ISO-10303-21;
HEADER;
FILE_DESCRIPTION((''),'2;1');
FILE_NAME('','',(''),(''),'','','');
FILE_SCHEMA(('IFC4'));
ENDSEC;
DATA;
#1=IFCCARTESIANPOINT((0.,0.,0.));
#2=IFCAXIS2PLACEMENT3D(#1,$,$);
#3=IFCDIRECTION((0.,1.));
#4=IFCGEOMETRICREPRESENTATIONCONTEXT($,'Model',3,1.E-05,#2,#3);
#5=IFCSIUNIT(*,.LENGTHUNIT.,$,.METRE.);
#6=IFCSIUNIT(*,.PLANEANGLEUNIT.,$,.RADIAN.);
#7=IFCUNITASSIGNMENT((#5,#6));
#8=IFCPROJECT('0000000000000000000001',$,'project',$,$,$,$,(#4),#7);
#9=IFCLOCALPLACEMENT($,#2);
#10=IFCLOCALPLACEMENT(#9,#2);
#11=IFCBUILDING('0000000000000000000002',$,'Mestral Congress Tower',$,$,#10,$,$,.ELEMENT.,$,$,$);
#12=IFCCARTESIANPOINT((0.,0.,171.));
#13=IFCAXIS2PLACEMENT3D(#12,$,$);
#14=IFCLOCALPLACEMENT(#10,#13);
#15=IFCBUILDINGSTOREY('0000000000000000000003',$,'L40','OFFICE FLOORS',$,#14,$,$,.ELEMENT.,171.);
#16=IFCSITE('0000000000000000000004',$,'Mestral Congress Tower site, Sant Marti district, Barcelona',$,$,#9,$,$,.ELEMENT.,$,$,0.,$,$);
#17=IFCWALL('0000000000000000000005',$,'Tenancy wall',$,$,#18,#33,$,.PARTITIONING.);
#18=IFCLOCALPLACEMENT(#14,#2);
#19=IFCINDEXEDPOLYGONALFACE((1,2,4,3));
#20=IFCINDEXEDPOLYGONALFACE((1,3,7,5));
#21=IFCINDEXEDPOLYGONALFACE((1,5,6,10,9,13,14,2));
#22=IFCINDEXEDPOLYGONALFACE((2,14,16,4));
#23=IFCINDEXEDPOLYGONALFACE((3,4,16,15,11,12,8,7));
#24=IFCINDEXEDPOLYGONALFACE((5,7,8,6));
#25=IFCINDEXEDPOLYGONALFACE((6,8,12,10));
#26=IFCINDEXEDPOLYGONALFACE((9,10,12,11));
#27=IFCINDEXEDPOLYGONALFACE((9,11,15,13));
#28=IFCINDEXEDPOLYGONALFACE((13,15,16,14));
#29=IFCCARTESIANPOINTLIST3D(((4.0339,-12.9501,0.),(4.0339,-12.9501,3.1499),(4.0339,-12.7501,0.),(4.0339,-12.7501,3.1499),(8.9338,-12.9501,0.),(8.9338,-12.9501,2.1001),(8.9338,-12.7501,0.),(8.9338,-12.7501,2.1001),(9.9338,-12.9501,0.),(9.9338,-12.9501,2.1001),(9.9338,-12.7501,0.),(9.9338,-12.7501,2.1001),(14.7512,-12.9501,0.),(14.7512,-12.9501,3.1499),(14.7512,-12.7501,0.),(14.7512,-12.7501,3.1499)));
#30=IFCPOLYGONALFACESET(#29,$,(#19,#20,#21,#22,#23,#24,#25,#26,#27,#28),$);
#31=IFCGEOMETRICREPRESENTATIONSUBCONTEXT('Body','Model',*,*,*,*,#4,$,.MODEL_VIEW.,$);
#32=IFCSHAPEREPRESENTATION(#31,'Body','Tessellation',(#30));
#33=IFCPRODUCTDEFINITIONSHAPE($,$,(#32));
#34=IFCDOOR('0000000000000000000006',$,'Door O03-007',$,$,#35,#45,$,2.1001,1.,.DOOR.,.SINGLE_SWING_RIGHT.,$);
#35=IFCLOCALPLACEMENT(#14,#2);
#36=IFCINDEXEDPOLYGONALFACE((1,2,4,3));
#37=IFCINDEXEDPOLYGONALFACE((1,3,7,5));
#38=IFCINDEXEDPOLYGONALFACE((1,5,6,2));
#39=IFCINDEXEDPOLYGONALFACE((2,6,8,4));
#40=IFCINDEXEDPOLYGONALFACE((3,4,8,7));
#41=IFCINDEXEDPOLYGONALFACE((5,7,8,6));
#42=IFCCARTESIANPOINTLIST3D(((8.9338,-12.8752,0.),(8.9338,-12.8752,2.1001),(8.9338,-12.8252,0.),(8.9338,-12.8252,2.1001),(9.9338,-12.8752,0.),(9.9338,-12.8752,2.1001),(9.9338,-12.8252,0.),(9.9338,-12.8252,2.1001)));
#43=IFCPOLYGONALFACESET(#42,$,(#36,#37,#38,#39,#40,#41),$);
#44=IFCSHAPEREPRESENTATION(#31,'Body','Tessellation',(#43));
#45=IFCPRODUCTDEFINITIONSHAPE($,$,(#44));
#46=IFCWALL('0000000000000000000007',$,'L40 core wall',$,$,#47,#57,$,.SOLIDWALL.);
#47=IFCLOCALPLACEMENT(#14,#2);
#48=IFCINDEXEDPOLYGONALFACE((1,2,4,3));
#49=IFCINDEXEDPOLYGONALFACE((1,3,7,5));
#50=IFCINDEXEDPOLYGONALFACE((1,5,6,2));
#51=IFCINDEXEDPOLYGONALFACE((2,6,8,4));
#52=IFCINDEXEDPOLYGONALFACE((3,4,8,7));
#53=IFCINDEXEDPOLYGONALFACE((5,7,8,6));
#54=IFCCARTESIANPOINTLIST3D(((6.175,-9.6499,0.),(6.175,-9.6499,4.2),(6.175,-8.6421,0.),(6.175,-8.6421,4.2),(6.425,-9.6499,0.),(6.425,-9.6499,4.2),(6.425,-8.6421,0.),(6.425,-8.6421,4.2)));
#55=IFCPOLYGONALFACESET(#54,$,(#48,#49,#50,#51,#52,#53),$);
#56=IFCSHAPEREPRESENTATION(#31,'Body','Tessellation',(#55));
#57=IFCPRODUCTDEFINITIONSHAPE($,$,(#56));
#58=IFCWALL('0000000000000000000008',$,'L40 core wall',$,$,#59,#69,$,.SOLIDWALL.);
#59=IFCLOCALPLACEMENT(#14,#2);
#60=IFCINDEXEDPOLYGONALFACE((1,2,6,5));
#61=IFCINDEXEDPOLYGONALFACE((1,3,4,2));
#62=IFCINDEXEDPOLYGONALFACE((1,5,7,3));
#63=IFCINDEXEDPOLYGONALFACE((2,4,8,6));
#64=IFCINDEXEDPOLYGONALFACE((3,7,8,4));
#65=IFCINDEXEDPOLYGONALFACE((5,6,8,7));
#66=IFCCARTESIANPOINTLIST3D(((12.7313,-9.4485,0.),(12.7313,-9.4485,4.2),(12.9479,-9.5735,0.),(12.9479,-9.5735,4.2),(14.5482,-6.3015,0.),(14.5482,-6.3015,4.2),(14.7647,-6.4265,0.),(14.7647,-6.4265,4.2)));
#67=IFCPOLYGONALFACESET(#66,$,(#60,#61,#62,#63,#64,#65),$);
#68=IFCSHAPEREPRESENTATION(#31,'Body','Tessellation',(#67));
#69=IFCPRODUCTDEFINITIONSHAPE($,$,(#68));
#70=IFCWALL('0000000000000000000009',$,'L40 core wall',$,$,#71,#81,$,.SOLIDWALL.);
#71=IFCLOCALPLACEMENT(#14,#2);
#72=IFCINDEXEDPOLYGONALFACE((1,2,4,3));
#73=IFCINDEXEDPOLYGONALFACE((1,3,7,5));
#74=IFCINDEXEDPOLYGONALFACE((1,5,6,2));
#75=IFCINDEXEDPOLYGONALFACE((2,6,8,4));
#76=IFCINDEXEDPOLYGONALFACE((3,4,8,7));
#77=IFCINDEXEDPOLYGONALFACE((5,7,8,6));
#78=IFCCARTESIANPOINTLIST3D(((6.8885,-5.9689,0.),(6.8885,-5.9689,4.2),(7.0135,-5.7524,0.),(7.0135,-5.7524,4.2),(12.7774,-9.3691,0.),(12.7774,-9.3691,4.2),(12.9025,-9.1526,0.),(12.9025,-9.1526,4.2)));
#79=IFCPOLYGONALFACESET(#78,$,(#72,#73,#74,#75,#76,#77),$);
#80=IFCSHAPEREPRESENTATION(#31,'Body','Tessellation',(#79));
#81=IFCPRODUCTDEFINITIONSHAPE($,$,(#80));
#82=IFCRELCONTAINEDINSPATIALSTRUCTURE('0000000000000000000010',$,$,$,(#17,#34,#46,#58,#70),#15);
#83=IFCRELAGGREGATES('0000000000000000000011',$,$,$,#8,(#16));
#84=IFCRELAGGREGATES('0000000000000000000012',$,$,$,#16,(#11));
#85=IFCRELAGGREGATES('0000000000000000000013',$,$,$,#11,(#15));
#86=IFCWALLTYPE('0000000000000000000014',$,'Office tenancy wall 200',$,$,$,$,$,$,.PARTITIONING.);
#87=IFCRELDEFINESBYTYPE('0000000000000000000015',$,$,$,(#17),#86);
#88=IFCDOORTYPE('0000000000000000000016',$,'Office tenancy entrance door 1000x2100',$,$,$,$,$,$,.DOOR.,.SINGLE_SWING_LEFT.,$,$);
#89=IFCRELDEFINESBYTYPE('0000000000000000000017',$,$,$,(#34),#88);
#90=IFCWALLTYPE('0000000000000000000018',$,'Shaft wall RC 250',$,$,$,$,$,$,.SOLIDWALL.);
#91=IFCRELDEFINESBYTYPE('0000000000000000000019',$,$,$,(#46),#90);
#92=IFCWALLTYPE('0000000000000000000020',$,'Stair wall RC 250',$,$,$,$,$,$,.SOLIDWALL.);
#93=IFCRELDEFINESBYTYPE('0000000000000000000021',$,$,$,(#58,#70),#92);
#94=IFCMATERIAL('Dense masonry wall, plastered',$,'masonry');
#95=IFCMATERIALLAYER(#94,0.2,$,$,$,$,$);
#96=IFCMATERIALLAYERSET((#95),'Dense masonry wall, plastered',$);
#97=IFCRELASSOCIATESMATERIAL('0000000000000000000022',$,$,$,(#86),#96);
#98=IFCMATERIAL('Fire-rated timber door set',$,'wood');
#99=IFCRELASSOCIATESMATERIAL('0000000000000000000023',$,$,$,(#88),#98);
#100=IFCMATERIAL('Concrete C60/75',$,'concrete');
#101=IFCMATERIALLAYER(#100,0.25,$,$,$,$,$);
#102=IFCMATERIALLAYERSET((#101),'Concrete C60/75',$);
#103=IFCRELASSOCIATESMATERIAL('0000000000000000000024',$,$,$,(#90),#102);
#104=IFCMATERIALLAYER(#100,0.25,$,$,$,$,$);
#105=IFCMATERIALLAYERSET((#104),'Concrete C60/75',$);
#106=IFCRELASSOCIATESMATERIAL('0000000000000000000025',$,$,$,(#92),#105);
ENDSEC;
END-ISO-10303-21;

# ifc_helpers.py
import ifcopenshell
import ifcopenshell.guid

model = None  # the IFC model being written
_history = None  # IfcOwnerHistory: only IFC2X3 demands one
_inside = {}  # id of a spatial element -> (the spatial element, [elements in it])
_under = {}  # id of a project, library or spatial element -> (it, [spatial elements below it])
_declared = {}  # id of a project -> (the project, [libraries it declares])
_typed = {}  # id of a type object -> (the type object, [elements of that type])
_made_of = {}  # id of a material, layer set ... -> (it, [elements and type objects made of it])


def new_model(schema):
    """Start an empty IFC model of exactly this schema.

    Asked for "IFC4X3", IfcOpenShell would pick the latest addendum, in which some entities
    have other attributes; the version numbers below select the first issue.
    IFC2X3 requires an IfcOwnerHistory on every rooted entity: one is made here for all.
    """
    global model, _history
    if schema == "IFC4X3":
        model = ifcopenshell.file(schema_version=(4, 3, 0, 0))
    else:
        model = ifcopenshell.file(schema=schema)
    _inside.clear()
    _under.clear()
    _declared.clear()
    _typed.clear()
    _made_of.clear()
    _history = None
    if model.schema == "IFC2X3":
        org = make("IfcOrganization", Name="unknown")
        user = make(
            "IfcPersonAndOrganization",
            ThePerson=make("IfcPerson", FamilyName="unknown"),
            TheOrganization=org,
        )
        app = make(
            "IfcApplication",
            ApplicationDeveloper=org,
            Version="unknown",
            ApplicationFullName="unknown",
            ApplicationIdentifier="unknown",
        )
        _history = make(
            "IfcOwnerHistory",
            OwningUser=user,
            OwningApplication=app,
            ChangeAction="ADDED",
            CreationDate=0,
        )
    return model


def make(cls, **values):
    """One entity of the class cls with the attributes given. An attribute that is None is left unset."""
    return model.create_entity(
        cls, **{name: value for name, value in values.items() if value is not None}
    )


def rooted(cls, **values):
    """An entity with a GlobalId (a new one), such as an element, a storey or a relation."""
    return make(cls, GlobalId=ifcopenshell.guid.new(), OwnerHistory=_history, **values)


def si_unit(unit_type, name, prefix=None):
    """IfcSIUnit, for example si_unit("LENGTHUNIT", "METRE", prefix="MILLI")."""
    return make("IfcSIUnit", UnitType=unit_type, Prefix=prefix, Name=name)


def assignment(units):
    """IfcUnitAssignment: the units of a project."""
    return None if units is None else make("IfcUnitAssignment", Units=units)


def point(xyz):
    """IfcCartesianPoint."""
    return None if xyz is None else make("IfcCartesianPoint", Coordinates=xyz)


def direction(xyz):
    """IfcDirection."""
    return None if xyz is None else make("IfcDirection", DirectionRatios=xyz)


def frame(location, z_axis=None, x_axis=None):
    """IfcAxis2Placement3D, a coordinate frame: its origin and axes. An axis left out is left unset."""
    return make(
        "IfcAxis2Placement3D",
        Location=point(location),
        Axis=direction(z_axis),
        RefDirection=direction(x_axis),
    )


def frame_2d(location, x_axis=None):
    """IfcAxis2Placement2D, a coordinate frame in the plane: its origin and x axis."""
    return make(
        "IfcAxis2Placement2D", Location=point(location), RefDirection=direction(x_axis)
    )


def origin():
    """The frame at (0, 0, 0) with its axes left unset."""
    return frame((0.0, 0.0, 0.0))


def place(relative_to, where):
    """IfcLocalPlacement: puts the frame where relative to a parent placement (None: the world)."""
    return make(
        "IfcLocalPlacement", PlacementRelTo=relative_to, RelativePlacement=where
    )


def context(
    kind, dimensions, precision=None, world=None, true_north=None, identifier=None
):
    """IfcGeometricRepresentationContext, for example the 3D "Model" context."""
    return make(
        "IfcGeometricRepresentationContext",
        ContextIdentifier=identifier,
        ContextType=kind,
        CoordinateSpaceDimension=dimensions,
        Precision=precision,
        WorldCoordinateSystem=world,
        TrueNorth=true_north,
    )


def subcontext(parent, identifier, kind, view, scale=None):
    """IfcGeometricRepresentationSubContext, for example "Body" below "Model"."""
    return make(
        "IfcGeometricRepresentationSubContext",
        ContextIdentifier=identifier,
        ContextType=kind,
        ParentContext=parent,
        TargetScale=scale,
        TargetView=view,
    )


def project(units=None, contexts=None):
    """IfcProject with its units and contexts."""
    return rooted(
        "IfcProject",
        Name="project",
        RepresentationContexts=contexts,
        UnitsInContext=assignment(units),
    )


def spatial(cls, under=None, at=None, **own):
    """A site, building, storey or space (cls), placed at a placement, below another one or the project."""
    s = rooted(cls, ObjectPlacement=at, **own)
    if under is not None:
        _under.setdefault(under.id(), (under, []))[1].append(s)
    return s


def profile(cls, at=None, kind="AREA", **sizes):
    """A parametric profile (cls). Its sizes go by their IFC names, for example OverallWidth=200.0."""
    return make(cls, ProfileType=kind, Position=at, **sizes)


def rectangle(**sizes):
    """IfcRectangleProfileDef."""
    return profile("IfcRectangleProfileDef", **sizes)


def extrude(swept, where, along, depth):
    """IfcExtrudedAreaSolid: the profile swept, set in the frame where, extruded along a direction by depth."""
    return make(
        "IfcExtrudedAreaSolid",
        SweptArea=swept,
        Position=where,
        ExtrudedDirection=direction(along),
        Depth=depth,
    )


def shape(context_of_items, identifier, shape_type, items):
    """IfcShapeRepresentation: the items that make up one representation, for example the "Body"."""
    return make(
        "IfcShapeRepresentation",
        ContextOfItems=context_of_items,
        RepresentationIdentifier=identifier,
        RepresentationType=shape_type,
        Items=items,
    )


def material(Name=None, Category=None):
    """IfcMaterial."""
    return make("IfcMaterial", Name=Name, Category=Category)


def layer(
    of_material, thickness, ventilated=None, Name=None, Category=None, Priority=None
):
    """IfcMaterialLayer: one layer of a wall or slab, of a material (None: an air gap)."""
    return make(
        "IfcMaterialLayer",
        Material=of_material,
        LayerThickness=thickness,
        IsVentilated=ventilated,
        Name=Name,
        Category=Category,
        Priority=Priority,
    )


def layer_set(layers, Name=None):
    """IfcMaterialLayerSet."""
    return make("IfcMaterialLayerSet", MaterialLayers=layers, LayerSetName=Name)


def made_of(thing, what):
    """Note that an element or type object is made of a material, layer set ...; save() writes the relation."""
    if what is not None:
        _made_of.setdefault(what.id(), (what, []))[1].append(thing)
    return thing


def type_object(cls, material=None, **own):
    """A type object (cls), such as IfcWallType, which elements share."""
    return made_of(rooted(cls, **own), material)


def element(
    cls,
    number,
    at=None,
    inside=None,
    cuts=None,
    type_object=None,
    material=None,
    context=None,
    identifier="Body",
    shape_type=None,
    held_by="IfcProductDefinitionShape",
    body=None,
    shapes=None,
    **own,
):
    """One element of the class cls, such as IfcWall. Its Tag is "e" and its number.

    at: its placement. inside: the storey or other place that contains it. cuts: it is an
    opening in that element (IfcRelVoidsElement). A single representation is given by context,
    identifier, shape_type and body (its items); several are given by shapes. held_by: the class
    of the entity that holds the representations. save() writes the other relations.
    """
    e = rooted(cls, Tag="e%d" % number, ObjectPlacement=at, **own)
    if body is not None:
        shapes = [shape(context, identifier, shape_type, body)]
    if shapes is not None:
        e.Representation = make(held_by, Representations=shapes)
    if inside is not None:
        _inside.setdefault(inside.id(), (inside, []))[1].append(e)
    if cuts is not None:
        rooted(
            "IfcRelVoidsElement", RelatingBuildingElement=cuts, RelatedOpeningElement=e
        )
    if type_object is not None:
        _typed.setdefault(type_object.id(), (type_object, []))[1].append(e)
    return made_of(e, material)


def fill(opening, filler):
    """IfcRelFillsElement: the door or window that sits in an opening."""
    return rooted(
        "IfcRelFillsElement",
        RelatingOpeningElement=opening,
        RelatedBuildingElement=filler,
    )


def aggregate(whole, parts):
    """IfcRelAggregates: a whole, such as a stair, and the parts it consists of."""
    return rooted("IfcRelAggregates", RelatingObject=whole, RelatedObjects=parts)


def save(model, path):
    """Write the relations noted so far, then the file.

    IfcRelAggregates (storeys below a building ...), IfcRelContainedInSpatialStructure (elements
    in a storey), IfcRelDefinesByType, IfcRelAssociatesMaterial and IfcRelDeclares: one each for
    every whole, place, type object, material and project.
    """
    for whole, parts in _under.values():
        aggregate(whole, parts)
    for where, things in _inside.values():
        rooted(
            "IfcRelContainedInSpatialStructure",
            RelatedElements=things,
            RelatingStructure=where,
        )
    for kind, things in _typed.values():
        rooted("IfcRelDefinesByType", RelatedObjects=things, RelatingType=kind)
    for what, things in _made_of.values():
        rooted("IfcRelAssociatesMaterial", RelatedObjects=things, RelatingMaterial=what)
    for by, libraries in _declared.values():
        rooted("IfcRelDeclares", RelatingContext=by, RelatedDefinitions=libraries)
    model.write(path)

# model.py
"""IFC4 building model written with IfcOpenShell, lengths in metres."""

from ifc_helpers import new_model, si_unit, direction, frame, frame_2d, origin, place, context, subcontext, project, spatial, rectangle, extrude, material, layer, layer_set, type_object, element, fill, save


model = new_model("IFC4")

# Units and contexts
model_context = context("Model", 3, precision=1e-05, world=origin(), true_north=direction((0.0, 1.0)))
body_context = subcontext(model_context, "Body", "Model", "MODEL_VIEW")
ifc_project = project(units=[si_unit("LENGTHUNIT", "METRE"), si_unit("PLANEANGLEUNIT", "RADIAN")], contexts=[model_context])

# Site, building, storey
site_placement = place(None, origin())
site = spatial("IfcSite", under=ifc_project, at=site_placement, Name="Mestral Congress Tower site, Sant Marti district, Barcelona", CompositionType="ELEMENT", RefElevation=0.0)
building_placement = place(site_placement, origin())
building = spatial("IfcBuilding", under=site, at=building_placement, Name="Mestral Congress Tower", CompositionType="ELEMENT")
storey_placement = place(building_placement, frame((0.0, 0.0, 171.0)))
storey = spatial("IfcBuildingStorey", under=building, at=storey_placement, Name="L40", Description="OFFICE FLOORS", CompositionType="ELEMENT", Elevation=171.0)

# Shared definitions
ifc_material_1 = material(Name="Concrete C60/75", Category="concrete")

# Wall, opening, door
ifc_material_2 = material(Name="Dense masonry wall, plastered", Category="masonry")
ifc_layer_1 = layer(ifc_material_2, 0.2)
ifc_layer_set_1 = layer_set([ifc_layer_1], Name="Dense masonry wall, plastered")
wall_type_1 = type_object("IfcWallType", Name="Office tenancy wall 200", PredefinedType="PARTITIONING", material=ifc_layer_set_1)
wall_1_placement = place(storey_placement, frame((4.0339, -12.8501, 0.0), z_axis=(0.0, 0.0, 1.0), x_axis=(1.0, 0.0, 0.0)))
wall_1 = element("IfcWall", 1, at=wall_1_placement, inside=storey, type_object=wall_type_1, Name="Tenancy wall", PredefinedType="PARTITIONING", context=body_context, shape_type="SweptSolid", body=[
    extrude(rectangle(XDim=10.7173, YDim=0.2, at=frame_2d((5.3586, 0.0))), origin(), (0.0, 0.0, 1.0), 3.1499),
])
opening_1_placement = place(wall_1_placement, frame((4.8999, 0.0, 0.0)))
opening_1 = element("IfcOpeningElement", 2, at=opening_1_placement, cuts=wall_1, PredefinedType="OPENING", context=body_context, shape_type="SweptSolid", body=[
    extrude(rectangle(XDim=1.0, YDim=2.1001, at=frame_2d((0.5, 1.05))), frame((0.0, 0.1099, 0.0), z_axis=(0.0, -1.0, 0.0), x_axis=(1.0, 0.0, 0.0)), (0.0, 0.0, 1.0), 0.22),
])
ifc_material_3 = material(Name="Fire-rated timber door set", Category="wood")
door_type_1 = type_object("IfcDoorType", Name="Office tenancy entrance door 1000x2100", OperationType="SINGLE_SWING_LEFT", PredefinedType="DOOR", material=ifc_material_3)
door_1_placement = place(opening_1_placement, origin())
door_1 = element("IfcDoor", 3, at=door_1_placement, inside=storey, type_object=door_type_1, Name="Door O03-007", OperationType="SINGLE_SWING_RIGHT", OverallHeight=2.1001, OverallWidth=1.0, PredefinedType="DOOR", context=body_context, shape_type="SweptSolid", body=[
    extrude(rectangle(XDim=1.0, YDim=2.1001, at=frame_2d((0.5, 1.05))), frame((0.0, 0.0249, 0.0), z_axis=(0.0, -1.0, 0.0), x_axis=(1.0, 0.0, 0.0)), (0.0, 0.0, 1.0), 0.05),
])
fill(opening_1, door_1)

# Walls
ifc_layer_2 = layer(ifc_material_1, 0.25)
ifc_layer_set_2 = layer_set([ifc_layer_2], Name="Concrete C60/75")
wall_type_2 = type_object("IfcWallType", Name="Shaft wall RC 250", PredefinedType="SOLIDWALL", material=ifc_layer_set_2)
wall_2_placement = place(storey_placement, frame((6.3, -9.6499, 0.0), z_axis=(0.0, 0.0, 1.0), x_axis=(0.0, 1.0, 0.0)))
element("IfcWall", 4, at=wall_2_placement, inside=storey, type_object=wall_type_2, Name="L40 core wall", PredefinedType="SOLIDWALL", context=body_context, shape_type="SweptSolid", body=[
    extrude(rectangle(XDim=1.0078, YDim=0.25, at=frame_2d((0.5039, 0.0))), origin(), (0.0, 0.0, 1.0), 4.2),
])
ifc_layer_3 = layer(ifc_material_1, 0.25)
ifc_layer_set_3 = layer_set([ifc_layer_3], Name="Concrete C60/75")
wall_type_3 = type_object("IfcWallType", Name="Stair wall RC 250", PredefinedType="SOLIDWALL", material=ifc_layer_set_3)
wall_3_placement = place(storey_placement, frame((12.8396, -9.511, 0.0), z_axis=(0.0, 0.0, 1.0), x_axis=(0.499998, 0.866027, 0.0)))
element("IfcWall", 5, at=wall_3_placement, inside=storey, type_object=wall_type_3, Name="L40 core wall", PredefinedType="SOLIDWALL", context=body_context, shape_type="SweptSolid", body=[
    extrude(rectangle(XDim=3.6338, YDim=0.25, at=frame_2d((1.8169, 0.0))), origin(), (0.0, 0.0, 1.0), 4.2),
])
wall_4_placement = place(storey_placement, frame((12.8398, -9.2607, 0.0), z_axis=(0.0, 0.0, 1.0), x_axis=(-0.866014, 0.50002, 0.0)))
element("IfcWall", 6, at=wall_4_placement, inside=storey, type_object=wall_type_3, Name="L40 core wall", PredefinedType="SOLIDWALL", context=body_context, shape_type="SweptSolid", body=[
    extrude(rectangle(XDim=6.8, YDim=0.25, at=frame_2d((3.3999, 0.0))), origin(), (0.0, 0.0, 1.0), 4.2),
])

save(model, "model.ifc")
